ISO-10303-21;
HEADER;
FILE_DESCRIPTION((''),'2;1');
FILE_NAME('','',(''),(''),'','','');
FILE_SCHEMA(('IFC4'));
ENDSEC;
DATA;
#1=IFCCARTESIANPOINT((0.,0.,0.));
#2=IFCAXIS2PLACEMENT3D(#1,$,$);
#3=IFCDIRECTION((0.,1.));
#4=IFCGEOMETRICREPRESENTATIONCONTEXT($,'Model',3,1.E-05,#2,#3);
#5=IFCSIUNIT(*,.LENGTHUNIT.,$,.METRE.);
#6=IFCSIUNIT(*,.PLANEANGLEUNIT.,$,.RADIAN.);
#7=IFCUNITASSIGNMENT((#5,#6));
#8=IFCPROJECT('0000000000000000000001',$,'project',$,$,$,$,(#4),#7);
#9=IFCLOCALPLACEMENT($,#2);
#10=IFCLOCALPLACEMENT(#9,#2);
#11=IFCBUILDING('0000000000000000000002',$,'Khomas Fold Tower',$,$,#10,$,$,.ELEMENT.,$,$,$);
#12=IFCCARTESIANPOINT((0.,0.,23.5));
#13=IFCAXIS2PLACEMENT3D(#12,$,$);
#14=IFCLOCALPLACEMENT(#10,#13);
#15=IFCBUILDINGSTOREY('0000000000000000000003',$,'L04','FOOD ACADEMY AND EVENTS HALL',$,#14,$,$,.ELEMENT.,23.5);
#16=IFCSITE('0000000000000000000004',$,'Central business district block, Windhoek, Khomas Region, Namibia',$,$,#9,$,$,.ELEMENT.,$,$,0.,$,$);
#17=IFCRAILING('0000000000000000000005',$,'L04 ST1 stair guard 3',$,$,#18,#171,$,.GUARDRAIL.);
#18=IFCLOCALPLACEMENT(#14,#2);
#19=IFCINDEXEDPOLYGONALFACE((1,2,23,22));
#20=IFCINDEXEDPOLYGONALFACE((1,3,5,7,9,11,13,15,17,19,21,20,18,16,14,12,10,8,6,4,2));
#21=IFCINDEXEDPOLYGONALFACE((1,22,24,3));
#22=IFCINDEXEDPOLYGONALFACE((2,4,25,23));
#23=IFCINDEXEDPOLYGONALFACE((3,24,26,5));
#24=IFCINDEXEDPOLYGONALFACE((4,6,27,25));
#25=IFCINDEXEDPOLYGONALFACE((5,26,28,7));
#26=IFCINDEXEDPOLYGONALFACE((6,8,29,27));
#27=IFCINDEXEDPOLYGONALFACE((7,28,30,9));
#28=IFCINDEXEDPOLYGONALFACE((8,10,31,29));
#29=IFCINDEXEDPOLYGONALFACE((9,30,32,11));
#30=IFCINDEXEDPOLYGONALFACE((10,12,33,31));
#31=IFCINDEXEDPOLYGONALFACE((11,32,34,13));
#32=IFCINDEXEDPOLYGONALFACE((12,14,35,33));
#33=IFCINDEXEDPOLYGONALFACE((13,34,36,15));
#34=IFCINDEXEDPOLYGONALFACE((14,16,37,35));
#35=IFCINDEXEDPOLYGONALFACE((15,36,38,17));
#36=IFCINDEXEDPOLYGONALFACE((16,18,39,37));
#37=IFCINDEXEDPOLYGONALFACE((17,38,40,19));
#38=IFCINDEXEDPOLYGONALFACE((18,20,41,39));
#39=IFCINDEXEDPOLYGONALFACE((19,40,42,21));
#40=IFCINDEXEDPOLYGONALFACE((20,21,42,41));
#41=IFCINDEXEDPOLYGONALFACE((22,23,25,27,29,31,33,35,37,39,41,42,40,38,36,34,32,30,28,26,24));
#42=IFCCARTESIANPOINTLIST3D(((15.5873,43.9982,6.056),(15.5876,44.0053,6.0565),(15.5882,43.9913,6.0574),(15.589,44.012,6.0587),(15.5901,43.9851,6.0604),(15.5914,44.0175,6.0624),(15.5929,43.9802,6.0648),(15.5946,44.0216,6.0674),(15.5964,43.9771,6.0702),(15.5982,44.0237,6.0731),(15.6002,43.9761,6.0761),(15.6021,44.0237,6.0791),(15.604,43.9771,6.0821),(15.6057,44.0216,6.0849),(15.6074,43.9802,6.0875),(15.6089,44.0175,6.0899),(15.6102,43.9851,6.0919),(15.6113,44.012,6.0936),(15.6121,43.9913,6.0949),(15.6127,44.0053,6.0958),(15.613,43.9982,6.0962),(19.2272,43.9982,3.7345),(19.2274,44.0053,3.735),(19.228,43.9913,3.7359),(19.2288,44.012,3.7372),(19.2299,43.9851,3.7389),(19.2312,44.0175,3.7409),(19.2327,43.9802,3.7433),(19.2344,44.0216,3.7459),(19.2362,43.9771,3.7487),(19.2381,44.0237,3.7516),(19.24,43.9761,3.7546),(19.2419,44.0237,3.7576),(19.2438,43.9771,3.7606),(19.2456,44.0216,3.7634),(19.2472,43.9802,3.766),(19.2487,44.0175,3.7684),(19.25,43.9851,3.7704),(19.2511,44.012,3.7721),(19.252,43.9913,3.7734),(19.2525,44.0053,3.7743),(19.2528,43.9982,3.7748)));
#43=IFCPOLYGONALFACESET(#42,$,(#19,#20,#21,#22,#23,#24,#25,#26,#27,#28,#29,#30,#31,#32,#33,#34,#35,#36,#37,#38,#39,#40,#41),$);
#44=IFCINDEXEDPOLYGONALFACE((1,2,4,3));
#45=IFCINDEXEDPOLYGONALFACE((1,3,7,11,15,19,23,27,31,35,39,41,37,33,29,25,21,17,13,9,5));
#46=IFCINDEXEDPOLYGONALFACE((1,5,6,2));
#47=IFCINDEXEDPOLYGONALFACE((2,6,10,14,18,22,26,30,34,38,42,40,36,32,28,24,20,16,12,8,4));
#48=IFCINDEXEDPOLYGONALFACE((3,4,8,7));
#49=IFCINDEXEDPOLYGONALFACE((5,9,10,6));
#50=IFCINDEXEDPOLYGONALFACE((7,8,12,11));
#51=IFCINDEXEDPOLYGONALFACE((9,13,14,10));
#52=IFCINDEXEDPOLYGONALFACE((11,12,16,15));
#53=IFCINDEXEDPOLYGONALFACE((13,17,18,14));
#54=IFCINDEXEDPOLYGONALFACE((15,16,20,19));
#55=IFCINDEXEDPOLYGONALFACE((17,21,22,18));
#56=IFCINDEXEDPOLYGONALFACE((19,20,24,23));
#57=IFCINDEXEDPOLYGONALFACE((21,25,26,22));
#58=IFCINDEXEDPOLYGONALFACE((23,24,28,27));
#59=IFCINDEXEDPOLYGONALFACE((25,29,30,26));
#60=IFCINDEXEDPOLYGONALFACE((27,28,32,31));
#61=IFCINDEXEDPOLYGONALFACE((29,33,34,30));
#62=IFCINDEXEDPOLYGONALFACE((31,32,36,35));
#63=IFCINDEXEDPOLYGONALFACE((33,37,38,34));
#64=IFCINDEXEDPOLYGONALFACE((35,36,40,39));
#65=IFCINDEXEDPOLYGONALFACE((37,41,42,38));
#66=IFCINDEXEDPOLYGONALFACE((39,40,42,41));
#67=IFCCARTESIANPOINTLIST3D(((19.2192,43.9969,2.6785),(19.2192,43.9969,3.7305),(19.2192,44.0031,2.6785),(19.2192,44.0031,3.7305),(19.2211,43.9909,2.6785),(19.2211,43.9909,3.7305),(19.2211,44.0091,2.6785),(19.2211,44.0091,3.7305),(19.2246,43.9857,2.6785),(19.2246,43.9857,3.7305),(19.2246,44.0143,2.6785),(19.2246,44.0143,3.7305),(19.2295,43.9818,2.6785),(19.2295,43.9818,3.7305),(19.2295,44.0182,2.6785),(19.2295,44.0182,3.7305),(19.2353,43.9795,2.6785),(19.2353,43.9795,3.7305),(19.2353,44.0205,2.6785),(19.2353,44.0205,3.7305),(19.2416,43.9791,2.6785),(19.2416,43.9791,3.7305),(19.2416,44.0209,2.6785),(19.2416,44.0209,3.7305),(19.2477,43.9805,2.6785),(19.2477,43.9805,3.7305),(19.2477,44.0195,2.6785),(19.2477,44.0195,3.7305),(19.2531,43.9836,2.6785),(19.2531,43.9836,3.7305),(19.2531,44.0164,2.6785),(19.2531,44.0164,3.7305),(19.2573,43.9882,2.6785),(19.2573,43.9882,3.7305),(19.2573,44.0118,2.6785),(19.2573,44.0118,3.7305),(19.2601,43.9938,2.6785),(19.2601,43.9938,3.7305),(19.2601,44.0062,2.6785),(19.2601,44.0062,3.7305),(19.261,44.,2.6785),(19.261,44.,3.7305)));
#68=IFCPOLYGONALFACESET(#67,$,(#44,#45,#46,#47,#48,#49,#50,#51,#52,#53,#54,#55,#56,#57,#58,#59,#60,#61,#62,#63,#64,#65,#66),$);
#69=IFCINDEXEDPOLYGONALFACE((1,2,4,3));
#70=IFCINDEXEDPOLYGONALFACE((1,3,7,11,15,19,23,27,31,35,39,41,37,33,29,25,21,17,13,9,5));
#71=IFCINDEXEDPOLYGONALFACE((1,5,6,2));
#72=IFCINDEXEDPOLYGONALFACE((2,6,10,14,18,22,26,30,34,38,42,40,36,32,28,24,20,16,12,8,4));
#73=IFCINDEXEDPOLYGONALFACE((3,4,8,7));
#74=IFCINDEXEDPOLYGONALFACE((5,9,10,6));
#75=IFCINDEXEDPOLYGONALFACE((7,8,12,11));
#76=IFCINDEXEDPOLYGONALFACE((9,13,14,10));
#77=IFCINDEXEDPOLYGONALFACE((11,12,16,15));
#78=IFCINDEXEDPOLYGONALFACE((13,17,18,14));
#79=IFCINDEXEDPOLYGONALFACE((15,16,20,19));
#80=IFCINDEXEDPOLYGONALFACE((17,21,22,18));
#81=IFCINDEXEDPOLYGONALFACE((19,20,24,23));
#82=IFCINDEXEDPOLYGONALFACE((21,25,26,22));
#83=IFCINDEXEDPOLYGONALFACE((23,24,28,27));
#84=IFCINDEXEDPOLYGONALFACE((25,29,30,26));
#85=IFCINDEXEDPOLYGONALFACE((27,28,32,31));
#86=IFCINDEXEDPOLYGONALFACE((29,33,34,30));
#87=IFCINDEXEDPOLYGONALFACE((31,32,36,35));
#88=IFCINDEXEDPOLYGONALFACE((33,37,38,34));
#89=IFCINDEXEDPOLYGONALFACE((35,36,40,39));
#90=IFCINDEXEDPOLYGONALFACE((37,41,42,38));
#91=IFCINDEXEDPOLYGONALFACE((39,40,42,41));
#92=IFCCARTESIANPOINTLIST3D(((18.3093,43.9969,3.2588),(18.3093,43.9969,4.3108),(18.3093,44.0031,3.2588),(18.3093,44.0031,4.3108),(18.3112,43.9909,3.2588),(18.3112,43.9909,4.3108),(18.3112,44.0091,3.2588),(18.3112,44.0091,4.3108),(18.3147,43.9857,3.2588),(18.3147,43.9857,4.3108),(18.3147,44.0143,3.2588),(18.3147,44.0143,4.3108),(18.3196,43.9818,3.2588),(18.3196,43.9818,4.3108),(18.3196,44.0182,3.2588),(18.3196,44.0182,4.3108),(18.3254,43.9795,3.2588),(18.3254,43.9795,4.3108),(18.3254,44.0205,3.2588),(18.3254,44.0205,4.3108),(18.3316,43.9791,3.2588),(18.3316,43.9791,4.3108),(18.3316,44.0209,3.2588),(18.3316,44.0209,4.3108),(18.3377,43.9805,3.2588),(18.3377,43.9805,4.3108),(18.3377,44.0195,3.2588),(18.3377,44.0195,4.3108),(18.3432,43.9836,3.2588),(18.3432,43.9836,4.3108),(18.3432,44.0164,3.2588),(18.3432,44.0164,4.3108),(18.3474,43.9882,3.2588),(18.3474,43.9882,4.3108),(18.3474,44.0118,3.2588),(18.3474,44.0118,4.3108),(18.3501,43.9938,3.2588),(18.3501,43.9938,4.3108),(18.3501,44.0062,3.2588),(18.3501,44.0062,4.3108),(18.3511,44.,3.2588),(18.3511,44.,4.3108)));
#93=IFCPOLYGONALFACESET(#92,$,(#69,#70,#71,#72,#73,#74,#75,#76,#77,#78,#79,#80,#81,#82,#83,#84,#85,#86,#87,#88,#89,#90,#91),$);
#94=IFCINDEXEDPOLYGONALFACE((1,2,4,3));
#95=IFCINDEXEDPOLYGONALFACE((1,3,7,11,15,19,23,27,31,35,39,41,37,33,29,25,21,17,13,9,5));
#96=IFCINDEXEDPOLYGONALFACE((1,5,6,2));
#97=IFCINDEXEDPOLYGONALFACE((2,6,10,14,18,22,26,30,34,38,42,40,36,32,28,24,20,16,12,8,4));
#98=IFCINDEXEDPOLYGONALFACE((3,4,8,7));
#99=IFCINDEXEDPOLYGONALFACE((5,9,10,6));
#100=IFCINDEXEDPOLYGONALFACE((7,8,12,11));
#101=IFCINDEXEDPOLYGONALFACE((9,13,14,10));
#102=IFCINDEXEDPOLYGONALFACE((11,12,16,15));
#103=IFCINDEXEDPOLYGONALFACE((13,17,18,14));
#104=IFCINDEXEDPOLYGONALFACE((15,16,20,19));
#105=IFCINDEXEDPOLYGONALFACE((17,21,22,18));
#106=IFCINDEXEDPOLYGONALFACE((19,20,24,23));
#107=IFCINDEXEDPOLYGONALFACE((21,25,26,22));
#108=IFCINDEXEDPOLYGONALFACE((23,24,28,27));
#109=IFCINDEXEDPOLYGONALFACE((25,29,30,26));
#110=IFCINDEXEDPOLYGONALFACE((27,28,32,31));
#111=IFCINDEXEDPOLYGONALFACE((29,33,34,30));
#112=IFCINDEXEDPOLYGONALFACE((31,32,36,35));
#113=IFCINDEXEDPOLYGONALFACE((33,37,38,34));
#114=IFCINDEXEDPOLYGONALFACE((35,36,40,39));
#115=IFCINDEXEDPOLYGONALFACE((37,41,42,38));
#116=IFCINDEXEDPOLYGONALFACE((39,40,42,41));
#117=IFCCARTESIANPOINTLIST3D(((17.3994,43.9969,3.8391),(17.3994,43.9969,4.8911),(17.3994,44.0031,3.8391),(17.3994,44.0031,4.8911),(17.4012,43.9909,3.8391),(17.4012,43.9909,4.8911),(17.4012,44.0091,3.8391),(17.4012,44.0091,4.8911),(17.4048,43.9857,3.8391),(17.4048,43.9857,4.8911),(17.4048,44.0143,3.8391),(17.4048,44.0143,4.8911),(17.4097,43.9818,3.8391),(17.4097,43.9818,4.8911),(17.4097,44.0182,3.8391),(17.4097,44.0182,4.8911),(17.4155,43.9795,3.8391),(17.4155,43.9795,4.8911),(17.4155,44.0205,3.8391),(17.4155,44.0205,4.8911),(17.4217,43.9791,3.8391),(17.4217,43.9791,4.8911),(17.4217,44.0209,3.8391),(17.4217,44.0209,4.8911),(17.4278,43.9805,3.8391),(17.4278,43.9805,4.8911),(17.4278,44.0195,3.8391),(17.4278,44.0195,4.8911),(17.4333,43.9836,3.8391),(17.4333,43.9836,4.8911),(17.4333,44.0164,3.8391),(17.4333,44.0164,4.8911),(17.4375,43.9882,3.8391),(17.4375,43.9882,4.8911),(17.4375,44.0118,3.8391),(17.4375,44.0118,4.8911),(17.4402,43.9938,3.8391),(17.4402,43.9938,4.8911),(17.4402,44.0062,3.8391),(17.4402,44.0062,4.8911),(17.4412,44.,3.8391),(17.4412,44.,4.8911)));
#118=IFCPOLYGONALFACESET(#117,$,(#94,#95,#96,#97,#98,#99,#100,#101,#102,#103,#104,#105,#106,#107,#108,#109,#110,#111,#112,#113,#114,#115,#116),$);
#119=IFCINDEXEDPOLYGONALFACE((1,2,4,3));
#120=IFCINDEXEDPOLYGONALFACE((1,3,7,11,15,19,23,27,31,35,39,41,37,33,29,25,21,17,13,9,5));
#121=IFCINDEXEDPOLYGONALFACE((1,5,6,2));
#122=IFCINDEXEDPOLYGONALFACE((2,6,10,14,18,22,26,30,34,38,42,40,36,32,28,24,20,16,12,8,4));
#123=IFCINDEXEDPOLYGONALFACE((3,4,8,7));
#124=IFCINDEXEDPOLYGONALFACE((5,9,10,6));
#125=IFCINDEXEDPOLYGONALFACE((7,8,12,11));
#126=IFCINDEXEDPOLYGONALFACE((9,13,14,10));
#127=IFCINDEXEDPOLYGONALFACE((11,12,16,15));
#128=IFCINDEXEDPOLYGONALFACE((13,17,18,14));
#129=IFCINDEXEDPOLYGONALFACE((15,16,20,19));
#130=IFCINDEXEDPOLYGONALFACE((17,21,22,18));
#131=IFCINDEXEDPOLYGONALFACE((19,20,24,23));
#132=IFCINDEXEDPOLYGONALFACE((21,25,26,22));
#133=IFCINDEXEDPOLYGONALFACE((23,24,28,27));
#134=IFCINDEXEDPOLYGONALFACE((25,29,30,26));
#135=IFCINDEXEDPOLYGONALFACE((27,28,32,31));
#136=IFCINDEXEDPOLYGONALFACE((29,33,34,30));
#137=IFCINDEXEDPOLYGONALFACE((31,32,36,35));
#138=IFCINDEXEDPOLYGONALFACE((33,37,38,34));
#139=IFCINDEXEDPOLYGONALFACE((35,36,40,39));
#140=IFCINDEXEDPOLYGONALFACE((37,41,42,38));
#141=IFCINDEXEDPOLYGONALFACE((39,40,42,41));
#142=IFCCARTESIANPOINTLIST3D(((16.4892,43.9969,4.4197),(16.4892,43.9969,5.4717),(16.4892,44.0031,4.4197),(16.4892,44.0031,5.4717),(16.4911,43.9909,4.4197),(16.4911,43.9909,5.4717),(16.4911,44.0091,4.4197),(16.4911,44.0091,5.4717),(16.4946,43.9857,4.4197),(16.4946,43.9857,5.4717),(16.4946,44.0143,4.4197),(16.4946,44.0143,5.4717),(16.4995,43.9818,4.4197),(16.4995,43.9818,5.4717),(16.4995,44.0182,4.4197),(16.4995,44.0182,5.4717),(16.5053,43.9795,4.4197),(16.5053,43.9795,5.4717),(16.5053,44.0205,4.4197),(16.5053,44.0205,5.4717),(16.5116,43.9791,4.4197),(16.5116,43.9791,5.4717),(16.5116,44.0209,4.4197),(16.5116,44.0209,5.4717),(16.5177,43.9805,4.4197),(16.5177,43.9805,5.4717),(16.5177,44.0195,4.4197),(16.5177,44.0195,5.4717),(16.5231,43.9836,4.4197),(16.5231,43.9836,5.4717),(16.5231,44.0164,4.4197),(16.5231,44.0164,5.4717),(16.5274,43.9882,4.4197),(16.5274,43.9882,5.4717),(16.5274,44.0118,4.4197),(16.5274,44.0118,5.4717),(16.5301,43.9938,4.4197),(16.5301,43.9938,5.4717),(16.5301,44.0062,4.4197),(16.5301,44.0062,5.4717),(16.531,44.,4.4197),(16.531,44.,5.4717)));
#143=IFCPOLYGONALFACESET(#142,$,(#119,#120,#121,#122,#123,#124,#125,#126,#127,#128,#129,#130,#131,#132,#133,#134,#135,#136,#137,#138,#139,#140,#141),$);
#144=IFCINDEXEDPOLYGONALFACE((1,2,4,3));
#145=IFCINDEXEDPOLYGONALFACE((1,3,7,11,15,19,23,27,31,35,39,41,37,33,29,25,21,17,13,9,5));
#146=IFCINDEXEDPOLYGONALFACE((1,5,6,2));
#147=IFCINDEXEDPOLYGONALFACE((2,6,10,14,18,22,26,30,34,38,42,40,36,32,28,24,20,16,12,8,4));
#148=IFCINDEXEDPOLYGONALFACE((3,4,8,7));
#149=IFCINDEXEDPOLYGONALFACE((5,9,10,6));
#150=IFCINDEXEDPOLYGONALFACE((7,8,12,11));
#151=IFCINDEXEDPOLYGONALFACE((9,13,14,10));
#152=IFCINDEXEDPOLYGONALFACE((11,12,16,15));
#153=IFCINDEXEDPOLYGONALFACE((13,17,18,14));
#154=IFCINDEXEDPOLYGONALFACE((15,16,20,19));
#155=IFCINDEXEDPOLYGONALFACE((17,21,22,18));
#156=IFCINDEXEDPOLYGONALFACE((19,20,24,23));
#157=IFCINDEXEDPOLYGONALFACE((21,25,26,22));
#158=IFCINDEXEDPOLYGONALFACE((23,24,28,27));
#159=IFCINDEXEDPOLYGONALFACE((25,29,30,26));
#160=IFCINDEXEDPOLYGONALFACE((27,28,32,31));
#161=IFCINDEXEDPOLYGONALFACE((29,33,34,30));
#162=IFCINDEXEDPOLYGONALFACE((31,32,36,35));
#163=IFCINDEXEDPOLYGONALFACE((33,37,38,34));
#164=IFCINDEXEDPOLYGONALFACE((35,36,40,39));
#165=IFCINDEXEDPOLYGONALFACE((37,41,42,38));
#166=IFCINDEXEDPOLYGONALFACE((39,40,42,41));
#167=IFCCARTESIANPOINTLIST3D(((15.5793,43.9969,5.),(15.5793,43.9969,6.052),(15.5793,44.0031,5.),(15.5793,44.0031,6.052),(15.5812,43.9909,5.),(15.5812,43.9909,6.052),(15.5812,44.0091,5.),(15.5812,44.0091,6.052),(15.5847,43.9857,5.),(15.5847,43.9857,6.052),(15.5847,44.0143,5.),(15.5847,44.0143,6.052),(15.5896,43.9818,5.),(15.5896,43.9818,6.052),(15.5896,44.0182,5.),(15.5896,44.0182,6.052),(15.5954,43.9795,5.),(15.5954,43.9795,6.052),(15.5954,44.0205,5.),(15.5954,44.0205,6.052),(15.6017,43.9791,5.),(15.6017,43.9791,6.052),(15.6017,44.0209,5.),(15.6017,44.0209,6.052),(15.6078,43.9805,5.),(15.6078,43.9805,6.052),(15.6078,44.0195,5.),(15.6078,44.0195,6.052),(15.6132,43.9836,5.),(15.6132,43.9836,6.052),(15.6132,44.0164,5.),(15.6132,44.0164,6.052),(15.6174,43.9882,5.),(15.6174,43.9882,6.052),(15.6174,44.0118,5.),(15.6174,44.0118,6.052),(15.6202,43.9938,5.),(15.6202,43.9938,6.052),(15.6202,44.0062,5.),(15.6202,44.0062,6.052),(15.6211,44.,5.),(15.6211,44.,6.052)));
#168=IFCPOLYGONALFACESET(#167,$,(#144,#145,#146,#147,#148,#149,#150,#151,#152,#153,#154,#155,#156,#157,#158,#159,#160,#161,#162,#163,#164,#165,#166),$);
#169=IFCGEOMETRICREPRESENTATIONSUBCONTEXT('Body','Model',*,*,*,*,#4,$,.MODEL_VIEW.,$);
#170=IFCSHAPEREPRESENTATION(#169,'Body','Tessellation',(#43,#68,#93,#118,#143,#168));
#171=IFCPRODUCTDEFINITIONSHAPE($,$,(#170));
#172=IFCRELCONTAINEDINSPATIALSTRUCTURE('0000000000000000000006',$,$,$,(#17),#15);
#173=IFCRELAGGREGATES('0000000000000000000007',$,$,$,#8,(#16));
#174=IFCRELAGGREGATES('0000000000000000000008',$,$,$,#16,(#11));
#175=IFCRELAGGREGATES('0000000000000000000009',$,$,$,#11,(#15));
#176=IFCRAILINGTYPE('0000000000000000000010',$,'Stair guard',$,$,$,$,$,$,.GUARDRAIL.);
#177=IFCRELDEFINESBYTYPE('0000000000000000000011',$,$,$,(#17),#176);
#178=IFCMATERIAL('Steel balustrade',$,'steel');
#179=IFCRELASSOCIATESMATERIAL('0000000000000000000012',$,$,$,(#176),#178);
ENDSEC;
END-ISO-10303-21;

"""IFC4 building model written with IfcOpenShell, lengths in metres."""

from ifc_helpers import new_model, si_unit, direction, frame, origin, origin_2d, place, context, subcontext, project, spatial, circle, extrude, source, transform, mapped, material, type_object, element, save


model = new_model("IFC4")

# Units and contexts
model_context = context("Model", 3, precision=1e-05, world=origin(), true_north=direction((0.0, 1.0)))
body_context = subcontext(model_context, "Body", "Model", "MODEL_VIEW")
ifc_project = project(units=[si_unit("LENGTHUNIT", "METRE"), si_unit("PLANEANGLEUNIT", "RADIAN")], contexts=[model_context])

# Site, building, storey
site_placement = place(None, origin())
site = spatial("IfcSite", under=ifc_project, at=site_placement, Name="Central business district block, Windhoek, Khomas Region, Namibia", CompositionType="ELEMENT", RefElevation=0.0)
building_placement = place(site_placement, origin())
building = spatial("IfcBuilding", under=site, at=building_placement, Name="Khomas Fold Tower", CompositionType="ELEMENT")
storey_placement = place(building_placement, frame((0.0, 0.0, 23.5)))
storey = spatial("IfcBuildingStorey", under=building, at=storey_placement, Name="L04", Description="FOOD ACADEMY AND EVENTS HALL", CompositionType="ELEMENT", Elevation=23.5)

# Railing
ifc_material_1 = material(Name="Steel balustrade", Category="steel")
railing_type_1 = type_object("IfcRailingType", Name="Stair guard", PredefinedType="GUARDRAIL", material=ifc_material_1)
shared_shape_1 = source(origin(), body_context, "Body", "SweptSolid", [
    extrude(circle(Radius=0.0239, at=origin_2d()), frame((0.0, 0.0, 1.0762), z_axis=(-0.843112, 0.0, 0.537739), x_axis=(0.0, -1.0, 0.0)), (0.0, 0.0, 1.0), 4.3171),
    extrude(circle(Radius=0.021, at=origin_2d()), origin(), (0.0, 0.0, 1.0), 1.052),
    extrude(circle(Radius=0.021, at=origin_2d()), frame((-0.9099, 0.0, 0.5803)), (0.0, 0.0, 1.0), 1.052),
    extrude(circle(Radius=0.021, at=origin_2d()), frame((-1.8198, 0.0, 1.1606)), (0.0, 0.0, 1.0), 1.052),
    extrude(circle(Radius=0.021, at=origin_2d()), frame((-2.73, 0.0, 1.7412)), (0.0, 0.0, 1.0), 1.052),
    extrude(circle(Radius=0.021, at=origin_2d()), frame((-3.6399, 0.0, 2.3215)), (0.0, 0.0, 1.0), 1.052),
])
railing_1_placement = place(storey_placement, frame((19.24, 44.0, 2.6785)))
element("IfcRailing", 1, at=railing_1_placement, inside=storey, type_object=railing_type_1, Name="L04 ST1 stair guard 3", PredefinedType="GUARDRAIL", context=body_context, shape_type="MappedRepresentation", body=[
    mapped(shared_shape_1, transform((0.0, 0.0, 0.0))),
])

save(model, "model.ifc")
